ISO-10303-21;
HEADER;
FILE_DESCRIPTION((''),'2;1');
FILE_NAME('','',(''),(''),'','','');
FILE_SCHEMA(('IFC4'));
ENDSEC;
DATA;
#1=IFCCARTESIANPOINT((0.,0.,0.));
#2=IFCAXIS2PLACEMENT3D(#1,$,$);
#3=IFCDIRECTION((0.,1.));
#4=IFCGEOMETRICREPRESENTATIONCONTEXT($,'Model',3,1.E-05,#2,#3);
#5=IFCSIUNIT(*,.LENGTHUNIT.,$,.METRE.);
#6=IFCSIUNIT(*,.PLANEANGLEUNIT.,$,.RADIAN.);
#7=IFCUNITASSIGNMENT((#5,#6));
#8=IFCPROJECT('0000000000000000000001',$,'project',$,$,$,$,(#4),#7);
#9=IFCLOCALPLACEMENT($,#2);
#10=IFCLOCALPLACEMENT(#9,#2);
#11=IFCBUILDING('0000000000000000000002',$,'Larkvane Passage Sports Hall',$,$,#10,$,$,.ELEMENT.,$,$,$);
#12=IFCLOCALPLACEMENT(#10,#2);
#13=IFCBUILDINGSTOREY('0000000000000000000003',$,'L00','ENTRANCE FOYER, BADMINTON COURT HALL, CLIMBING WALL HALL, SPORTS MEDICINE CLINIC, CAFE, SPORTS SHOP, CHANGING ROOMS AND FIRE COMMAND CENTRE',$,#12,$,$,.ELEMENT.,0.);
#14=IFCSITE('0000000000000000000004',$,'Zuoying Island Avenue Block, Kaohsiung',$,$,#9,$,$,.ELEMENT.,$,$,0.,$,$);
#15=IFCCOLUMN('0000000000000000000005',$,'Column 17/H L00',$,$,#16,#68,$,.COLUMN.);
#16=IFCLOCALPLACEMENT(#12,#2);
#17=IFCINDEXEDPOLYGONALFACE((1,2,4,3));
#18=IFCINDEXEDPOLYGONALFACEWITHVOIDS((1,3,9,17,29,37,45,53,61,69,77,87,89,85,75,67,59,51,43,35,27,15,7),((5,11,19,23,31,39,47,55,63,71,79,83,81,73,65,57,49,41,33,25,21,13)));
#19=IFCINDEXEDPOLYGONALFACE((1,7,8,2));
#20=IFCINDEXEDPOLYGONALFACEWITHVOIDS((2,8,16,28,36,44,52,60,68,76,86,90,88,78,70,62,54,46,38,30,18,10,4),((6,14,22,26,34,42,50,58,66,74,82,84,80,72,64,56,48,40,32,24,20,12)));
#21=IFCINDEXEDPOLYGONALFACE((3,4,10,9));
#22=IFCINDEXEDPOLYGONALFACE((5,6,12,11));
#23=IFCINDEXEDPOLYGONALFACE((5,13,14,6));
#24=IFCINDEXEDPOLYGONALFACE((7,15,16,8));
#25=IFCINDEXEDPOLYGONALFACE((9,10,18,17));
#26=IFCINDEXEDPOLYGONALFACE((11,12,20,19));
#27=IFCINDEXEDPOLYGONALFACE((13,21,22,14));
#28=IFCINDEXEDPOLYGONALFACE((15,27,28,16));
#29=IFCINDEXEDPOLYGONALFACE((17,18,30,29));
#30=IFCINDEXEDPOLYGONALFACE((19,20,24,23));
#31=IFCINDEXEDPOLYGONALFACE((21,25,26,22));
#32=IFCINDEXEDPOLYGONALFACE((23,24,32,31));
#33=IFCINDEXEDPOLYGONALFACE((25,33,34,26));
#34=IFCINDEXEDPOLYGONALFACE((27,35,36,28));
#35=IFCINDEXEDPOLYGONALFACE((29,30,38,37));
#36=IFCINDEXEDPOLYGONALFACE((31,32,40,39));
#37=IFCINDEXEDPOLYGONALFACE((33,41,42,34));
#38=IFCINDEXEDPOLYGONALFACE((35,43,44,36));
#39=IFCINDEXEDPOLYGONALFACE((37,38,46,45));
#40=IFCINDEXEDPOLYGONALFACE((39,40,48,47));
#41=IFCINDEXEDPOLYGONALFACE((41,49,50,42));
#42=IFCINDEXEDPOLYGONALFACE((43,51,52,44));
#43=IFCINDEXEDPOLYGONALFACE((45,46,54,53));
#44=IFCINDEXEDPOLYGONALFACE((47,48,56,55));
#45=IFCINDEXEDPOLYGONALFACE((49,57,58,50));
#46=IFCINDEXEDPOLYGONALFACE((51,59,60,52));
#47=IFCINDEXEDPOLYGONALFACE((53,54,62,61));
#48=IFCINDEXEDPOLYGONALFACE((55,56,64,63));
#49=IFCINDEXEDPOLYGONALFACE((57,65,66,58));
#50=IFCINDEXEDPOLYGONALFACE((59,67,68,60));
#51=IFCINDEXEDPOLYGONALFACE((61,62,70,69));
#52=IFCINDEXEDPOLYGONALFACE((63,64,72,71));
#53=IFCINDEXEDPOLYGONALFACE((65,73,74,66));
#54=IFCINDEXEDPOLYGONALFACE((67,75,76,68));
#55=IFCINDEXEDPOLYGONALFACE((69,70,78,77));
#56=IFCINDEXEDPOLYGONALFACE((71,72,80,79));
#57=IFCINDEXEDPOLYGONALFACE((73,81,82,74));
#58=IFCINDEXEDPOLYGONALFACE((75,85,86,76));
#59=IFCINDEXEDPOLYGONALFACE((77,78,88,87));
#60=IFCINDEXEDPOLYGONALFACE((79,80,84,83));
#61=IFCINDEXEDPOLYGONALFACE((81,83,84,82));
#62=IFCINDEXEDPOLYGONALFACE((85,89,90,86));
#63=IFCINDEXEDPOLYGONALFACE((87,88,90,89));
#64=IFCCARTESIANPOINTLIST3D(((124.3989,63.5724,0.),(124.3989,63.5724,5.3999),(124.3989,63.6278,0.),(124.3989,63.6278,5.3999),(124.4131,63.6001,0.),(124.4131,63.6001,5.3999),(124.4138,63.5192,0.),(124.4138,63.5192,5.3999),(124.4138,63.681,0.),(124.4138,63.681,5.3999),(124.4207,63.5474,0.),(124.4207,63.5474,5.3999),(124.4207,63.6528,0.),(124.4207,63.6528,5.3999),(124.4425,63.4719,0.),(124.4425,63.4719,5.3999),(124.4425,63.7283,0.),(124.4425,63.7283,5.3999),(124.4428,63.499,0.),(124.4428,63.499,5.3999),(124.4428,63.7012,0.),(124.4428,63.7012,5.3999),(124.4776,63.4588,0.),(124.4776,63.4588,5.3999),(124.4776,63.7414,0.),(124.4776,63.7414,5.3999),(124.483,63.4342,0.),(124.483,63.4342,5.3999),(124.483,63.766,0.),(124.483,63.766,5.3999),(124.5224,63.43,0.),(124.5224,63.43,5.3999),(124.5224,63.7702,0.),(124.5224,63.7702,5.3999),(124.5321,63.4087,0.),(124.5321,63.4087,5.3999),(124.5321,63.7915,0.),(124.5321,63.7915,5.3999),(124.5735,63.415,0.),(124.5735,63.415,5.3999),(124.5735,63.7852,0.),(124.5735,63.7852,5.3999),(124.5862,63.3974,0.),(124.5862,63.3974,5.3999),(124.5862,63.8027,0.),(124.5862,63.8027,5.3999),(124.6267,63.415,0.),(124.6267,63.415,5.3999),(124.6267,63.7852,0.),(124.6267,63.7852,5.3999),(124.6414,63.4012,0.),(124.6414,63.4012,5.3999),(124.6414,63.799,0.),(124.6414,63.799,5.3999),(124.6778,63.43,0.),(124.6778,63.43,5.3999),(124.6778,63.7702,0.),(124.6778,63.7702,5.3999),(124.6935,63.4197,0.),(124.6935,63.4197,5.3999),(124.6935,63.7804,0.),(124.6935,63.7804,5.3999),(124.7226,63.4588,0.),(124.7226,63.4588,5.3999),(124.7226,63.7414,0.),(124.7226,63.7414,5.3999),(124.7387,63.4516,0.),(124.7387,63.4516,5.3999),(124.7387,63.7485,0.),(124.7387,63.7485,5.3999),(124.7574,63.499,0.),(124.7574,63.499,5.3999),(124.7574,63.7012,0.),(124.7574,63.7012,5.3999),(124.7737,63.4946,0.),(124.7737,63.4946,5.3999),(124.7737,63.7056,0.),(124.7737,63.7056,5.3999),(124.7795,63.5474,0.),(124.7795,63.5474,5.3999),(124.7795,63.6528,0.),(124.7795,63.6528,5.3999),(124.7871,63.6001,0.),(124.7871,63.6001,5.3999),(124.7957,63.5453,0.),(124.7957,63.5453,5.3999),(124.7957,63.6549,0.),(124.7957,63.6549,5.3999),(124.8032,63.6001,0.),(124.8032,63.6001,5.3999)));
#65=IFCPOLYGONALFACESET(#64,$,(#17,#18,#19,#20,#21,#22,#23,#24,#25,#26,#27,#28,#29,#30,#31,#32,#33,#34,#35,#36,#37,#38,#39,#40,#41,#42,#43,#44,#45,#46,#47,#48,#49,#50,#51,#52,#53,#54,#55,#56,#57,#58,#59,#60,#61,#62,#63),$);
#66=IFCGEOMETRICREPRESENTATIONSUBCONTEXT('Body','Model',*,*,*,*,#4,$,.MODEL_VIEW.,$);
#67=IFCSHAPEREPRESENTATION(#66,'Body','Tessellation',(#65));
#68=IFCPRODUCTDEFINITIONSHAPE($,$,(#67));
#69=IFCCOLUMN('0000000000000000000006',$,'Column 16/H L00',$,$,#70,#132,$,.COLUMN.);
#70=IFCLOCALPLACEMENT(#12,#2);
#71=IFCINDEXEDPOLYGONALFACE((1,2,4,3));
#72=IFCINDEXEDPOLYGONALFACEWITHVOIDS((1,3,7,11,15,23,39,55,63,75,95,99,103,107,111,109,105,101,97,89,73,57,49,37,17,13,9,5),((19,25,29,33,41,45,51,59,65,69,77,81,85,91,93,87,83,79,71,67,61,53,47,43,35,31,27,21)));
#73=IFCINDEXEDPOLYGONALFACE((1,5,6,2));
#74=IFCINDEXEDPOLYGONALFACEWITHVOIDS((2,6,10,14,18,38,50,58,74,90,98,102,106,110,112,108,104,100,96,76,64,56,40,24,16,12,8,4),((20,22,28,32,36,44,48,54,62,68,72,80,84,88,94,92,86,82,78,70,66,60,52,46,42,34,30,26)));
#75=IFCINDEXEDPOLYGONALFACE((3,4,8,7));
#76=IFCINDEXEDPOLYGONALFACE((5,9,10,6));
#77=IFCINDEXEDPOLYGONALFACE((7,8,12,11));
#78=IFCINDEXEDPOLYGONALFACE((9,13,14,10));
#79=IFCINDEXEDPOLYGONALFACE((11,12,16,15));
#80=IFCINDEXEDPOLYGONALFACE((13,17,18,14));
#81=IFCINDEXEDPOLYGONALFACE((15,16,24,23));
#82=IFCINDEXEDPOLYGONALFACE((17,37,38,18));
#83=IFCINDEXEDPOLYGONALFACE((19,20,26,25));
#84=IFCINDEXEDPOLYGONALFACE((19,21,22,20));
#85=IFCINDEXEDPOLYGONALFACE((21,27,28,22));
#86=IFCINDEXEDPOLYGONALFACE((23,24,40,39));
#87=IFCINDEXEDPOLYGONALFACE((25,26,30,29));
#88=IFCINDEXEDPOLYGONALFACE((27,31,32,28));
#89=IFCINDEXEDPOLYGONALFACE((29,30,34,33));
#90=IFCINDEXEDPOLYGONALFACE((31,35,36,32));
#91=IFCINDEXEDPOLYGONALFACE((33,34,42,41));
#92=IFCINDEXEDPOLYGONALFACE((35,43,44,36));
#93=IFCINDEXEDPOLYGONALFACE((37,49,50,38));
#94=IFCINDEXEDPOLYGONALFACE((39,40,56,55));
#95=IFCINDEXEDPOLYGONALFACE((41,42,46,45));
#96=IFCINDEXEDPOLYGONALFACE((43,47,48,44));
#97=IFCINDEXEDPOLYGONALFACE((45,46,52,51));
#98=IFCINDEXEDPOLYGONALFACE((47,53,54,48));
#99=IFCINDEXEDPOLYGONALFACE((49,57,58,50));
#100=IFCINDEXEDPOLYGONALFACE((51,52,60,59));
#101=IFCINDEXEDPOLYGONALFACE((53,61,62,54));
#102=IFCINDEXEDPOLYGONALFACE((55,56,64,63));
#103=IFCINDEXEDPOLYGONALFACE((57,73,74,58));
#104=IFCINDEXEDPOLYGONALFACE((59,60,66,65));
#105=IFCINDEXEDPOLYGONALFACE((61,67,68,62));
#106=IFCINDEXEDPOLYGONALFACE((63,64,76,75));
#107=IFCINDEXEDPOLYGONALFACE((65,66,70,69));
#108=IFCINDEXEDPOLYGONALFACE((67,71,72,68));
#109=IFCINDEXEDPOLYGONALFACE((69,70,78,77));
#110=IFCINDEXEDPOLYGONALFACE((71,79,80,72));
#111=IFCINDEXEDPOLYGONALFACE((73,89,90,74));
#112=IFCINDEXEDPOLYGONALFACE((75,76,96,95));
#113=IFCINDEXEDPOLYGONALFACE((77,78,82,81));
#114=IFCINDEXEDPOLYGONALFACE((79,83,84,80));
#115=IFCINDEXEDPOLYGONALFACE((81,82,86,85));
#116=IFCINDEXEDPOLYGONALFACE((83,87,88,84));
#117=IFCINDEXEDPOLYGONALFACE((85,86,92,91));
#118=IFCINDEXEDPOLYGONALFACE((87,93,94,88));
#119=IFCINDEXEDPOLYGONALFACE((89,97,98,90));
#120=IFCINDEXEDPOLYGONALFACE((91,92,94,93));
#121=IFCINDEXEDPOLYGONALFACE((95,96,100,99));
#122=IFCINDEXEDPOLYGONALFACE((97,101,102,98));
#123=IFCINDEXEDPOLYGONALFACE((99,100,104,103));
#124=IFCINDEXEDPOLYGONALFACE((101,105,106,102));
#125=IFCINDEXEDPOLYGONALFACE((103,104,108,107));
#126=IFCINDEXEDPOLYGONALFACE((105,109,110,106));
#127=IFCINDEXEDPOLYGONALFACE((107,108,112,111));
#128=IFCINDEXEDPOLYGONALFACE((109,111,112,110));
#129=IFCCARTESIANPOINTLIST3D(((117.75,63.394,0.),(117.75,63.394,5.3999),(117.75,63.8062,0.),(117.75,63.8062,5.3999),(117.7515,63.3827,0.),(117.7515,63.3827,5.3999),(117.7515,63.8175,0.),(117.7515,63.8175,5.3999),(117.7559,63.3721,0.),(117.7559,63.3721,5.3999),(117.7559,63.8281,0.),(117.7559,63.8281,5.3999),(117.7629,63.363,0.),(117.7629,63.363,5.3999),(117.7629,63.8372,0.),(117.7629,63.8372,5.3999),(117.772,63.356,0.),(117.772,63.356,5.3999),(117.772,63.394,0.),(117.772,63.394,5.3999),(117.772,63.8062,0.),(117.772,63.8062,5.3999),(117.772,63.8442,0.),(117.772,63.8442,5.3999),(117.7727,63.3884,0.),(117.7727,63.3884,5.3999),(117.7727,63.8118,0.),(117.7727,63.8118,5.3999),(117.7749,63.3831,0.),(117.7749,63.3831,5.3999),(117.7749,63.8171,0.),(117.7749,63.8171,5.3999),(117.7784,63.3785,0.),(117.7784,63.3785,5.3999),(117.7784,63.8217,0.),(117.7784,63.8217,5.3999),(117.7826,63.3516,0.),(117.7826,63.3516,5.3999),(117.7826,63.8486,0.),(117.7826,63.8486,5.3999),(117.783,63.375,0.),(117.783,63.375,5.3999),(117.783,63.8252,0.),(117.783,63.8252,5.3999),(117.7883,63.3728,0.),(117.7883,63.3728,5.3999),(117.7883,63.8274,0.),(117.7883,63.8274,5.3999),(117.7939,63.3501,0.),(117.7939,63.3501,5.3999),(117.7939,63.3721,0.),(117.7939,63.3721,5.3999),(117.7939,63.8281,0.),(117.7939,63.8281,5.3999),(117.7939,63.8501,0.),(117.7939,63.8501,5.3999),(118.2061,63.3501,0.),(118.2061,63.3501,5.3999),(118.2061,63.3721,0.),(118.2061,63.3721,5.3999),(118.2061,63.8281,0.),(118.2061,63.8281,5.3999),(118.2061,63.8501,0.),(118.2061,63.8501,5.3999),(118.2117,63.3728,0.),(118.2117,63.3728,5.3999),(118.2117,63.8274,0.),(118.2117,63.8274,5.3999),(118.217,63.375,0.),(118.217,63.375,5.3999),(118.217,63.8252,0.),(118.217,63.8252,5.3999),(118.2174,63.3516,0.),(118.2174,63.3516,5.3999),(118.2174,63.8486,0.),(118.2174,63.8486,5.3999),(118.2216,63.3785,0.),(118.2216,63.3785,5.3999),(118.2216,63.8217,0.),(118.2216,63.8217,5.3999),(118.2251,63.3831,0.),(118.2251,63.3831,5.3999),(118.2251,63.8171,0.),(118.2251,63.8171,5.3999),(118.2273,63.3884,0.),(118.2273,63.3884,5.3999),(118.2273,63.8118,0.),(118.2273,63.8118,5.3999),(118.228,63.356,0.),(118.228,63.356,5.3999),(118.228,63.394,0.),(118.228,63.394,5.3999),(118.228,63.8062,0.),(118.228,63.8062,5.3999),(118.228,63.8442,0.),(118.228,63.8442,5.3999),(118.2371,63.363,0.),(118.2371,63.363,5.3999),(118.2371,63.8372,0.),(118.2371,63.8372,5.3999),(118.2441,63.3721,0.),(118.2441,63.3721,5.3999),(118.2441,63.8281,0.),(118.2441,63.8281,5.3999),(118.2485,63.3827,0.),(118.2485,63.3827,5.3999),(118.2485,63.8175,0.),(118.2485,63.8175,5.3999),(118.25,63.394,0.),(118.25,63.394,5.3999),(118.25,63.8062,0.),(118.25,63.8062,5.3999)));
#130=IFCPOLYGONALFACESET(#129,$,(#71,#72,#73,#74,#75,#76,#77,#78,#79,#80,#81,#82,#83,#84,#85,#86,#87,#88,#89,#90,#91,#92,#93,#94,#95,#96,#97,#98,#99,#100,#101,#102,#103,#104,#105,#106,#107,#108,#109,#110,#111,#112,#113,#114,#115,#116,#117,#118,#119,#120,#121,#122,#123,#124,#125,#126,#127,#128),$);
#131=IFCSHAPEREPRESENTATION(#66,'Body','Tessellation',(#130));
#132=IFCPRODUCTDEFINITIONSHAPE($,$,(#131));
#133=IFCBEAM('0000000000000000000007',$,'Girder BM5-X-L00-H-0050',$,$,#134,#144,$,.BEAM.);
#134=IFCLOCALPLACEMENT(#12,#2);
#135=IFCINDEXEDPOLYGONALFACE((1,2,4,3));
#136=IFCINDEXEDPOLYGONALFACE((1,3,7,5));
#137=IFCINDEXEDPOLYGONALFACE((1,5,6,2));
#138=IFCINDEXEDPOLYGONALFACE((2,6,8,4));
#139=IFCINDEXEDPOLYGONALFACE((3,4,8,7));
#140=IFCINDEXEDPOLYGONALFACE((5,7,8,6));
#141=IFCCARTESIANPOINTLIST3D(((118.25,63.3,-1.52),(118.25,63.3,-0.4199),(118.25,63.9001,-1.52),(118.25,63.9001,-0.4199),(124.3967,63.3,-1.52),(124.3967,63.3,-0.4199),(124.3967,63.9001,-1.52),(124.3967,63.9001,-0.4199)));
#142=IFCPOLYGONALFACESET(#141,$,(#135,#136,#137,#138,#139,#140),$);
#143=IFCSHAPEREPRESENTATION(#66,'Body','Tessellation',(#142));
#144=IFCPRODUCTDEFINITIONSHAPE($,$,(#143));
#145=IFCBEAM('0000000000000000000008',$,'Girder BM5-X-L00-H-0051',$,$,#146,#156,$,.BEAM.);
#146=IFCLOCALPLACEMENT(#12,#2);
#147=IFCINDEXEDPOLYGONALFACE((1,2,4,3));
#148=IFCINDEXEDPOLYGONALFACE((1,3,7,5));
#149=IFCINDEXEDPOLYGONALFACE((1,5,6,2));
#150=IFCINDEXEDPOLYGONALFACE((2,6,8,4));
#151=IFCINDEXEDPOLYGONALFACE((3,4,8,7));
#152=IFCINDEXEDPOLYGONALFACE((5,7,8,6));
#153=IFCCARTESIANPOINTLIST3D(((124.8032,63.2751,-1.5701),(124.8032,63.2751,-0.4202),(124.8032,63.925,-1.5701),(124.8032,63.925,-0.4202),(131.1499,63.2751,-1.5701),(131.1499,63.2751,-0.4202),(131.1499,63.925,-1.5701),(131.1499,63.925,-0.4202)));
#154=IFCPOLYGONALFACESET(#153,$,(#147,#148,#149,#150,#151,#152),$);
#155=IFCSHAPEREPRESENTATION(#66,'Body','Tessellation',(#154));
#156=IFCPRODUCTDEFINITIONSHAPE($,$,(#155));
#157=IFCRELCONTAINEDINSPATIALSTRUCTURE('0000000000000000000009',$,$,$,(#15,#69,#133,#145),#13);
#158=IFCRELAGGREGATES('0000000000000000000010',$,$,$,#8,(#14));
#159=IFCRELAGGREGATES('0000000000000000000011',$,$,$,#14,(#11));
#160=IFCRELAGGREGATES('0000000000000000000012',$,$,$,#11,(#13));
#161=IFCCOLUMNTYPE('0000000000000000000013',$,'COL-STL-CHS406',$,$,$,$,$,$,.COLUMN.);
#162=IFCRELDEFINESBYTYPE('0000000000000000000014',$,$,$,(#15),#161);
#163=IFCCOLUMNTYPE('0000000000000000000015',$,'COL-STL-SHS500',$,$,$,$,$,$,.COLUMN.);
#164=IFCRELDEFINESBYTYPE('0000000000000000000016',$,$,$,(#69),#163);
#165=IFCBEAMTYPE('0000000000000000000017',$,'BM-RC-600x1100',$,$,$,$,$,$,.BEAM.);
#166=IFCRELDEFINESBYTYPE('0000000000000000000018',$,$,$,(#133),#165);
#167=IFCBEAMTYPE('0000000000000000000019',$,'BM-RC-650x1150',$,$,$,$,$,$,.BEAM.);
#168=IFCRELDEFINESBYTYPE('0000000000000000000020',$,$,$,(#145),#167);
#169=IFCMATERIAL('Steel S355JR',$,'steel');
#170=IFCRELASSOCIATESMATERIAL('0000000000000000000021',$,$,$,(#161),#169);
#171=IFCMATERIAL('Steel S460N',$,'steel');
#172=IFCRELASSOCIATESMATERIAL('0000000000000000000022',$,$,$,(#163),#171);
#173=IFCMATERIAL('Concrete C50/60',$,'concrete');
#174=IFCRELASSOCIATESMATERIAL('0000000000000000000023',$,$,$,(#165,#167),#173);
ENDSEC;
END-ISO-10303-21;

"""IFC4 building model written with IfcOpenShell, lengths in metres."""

from ifc_helpers import new_model, si_unit, direction, frame, origin, origin_2d, place, context, subcontext, project, spatial, rectangle, hollow_rectangle, hollow_circle, extrude, material, material_profile, profile_set, type_object, element, save


model = new_model("IFC4")

# Units and contexts
model_context = context("Model", 3, precision=1e-05, world=origin(), true_north=direction((0.0, 1.0)))
body_context = subcontext(model_context, "Body", "Model", "MODEL_VIEW")
ifc_project = project(units=[si_unit("LENGTHUNIT", "METRE"), si_unit("PLANEANGLEUNIT", "RADIAN")], contexts=[model_context])

# Site, building, storey
site_placement = place(None, origin())
site = spatial("IfcSite", under=ifc_project, at=site_placement, Name="Zuoying Island Avenue Block, Kaohsiung", CompositionType="ELEMENT", RefElevation=0.0)
building_placement = place(site_placement, origin())
building = spatial("IfcBuilding", under=site, at=building_placement, Name="Larkvane Passage Sports Hall", CompositionType="ELEMENT")
storey_placement = place(building_placement, origin())
storey = spatial("IfcBuildingStorey", under=building, at=storey_placement, Name="L00", Description="ENTRANCE FOYER, BADMINTON COURT HALL, CLIMBING WALL HALL, SPORTS MEDICINE CLINIC, CAFE, SPORTS SHOP, CHANGING ROOMS AND FIRE COMMAND CENTRE", CompositionType="ELEMENT", Elevation=0.0)

# Columns
ifc_material_1 = material(Name="Steel S355JR", Category="steel")
ifc_material_profile_1 = material_profile(ifc_material_1, hollow_circle(Radius=0.2031, WallThickness=0.0161, at=origin_2d()), Name="CHS-406.4x16.0")
ifc_profile_set_1 = profile_set([ifc_material_profile_1], Name="Steel S355JR")
column_type_1 = type_object("IfcColumnType", Name="COL-STL-CHS406", PredefinedType="COLUMN", material=ifc_profile_set_1)
column_1_placement = place(storey_placement, frame((124.6001, 63.6001, 0.0), z_axis=(0.0, 0.0, 1.0), x_axis=(1.0, 0.0, 0.0)))
element("IfcColumn", 1, at=column_1_placement, inside=storey, type_object=column_type_1, Name="Column 17/H L00", PredefinedType="COLUMN", context=body_context, shape_type="SweptSolid", body=[
    extrude(hollow_circle(Radius=0.2031, WallThickness=0.0161, at=origin_2d()), origin(), (0.0, 0.0, 1.0), 5.3999),
])
ifc_material_2 = material(Name="Steel S460N", Category="steel")
ifc_material_profile_2 = material_profile(ifc_material_2, hollow_rectangle(XDim=0.5, YDim=0.5, WallThickness=0.022, InnerFilletRadius=0.022, OuterFilletRadius=0.0439, at=origin_2d()), Name="SHS-500x500x22")
ifc_profile_set_2 = profile_set([ifc_material_profile_2], Name="Steel S460N")
column_type_2 = type_object("IfcColumnType", Name="COL-STL-SHS500", PredefinedType="COLUMN", material=ifc_profile_set_2)
column_2_placement = place(storey_placement, frame((118.0, 63.6001, 0.0), z_axis=(0.0, 0.0, 1.0), x_axis=(1.0, 0.0, 0.0)))
element("IfcColumn", 2, at=column_2_placement, inside=storey, type_object=column_type_2, Name="Column 16/H L00", PredefinedType="COLUMN", context=body_context, shape_type="SweptSolid", body=[
    extrude(hollow_rectangle(XDim=0.5, YDim=0.5, WallThickness=0.022, InnerFilletRadius=0.022, OuterFilletRadius=0.0439, at=origin_2d()), origin(), (0.0, 0.0, 1.0), 5.3999),
])

# Beams
ifc_material_3 = material(Name="Concrete C50/60", Category="concrete")
ifc_material_profile_3 = material_profile(ifc_material_3, rectangle(XDim=0.6001, YDim=1.1001, at=origin_2d()), Name="RC-BM-600x1100")
ifc_profile_set_3 = profile_set([ifc_material_profile_3], Name="Concrete C50/60")
beam_type_1 = type_object("IfcBeamType", Name="BM-RC-600x1100", PredefinedType="BEAM", material=ifc_profile_set_3)
beam_1_placement = place(storey_placement, frame((118.25, 63.6001, -0.97), z_axis=(1.0, 0.0, 0.0), x_axis=(0.0, 1.0, 0.0)))
element("IfcBeam", 3, at=beam_1_placement, inside=storey, type_object=beam_type_1, Name="Girder BM5-X-L00-H-0050", PredefinedType="BEAM", context=body_context, shape_type="SweptSolid", body=[
    extrude(rectangle(XDim=0.6001, YDim=1.1001, at=origin_2d()), origin(), (0.0, 0.0, 1.0), 6.1467),
])
ifc_material_profile_4 = material_profile(ifc_material_3, rectangle(XDim=0.6499, YDim=1.1499, at=origin_2d()), Name="RC-BM-650x1150")
ifc_profile_set_4 = profile_set([ifc_material_profile_4], Name="Concrete C50/60")
beam_type_2 = type_object("IfcBeamType", Name="BM-RC-650x1150", PredefinedType="BEAM", material=ifc_profile_set_4)
beam_2_placement = place(storey_placement, frame((124.8032, 63.6001, -0.9951), z_axis=(1.0, 0.0, 0.0), x_axis=(0.0, 1.0, 0.0)))
element("IfcBeam", 4, at=beam_2_placement, inside=storey, type_object=beam_type_2, Name="Girder BM5-X-L00-H-0051", PredefinedType="BEAM", context=body_context, shape_type="SweptSolid", body=[
    extrude(rectangle(XDim=0.6499, YDim=1.1499, at=origin_2d()), origin(), (0.0, 0.0, 1.0), 6.3467),
])

save(model, "model.ifc")
